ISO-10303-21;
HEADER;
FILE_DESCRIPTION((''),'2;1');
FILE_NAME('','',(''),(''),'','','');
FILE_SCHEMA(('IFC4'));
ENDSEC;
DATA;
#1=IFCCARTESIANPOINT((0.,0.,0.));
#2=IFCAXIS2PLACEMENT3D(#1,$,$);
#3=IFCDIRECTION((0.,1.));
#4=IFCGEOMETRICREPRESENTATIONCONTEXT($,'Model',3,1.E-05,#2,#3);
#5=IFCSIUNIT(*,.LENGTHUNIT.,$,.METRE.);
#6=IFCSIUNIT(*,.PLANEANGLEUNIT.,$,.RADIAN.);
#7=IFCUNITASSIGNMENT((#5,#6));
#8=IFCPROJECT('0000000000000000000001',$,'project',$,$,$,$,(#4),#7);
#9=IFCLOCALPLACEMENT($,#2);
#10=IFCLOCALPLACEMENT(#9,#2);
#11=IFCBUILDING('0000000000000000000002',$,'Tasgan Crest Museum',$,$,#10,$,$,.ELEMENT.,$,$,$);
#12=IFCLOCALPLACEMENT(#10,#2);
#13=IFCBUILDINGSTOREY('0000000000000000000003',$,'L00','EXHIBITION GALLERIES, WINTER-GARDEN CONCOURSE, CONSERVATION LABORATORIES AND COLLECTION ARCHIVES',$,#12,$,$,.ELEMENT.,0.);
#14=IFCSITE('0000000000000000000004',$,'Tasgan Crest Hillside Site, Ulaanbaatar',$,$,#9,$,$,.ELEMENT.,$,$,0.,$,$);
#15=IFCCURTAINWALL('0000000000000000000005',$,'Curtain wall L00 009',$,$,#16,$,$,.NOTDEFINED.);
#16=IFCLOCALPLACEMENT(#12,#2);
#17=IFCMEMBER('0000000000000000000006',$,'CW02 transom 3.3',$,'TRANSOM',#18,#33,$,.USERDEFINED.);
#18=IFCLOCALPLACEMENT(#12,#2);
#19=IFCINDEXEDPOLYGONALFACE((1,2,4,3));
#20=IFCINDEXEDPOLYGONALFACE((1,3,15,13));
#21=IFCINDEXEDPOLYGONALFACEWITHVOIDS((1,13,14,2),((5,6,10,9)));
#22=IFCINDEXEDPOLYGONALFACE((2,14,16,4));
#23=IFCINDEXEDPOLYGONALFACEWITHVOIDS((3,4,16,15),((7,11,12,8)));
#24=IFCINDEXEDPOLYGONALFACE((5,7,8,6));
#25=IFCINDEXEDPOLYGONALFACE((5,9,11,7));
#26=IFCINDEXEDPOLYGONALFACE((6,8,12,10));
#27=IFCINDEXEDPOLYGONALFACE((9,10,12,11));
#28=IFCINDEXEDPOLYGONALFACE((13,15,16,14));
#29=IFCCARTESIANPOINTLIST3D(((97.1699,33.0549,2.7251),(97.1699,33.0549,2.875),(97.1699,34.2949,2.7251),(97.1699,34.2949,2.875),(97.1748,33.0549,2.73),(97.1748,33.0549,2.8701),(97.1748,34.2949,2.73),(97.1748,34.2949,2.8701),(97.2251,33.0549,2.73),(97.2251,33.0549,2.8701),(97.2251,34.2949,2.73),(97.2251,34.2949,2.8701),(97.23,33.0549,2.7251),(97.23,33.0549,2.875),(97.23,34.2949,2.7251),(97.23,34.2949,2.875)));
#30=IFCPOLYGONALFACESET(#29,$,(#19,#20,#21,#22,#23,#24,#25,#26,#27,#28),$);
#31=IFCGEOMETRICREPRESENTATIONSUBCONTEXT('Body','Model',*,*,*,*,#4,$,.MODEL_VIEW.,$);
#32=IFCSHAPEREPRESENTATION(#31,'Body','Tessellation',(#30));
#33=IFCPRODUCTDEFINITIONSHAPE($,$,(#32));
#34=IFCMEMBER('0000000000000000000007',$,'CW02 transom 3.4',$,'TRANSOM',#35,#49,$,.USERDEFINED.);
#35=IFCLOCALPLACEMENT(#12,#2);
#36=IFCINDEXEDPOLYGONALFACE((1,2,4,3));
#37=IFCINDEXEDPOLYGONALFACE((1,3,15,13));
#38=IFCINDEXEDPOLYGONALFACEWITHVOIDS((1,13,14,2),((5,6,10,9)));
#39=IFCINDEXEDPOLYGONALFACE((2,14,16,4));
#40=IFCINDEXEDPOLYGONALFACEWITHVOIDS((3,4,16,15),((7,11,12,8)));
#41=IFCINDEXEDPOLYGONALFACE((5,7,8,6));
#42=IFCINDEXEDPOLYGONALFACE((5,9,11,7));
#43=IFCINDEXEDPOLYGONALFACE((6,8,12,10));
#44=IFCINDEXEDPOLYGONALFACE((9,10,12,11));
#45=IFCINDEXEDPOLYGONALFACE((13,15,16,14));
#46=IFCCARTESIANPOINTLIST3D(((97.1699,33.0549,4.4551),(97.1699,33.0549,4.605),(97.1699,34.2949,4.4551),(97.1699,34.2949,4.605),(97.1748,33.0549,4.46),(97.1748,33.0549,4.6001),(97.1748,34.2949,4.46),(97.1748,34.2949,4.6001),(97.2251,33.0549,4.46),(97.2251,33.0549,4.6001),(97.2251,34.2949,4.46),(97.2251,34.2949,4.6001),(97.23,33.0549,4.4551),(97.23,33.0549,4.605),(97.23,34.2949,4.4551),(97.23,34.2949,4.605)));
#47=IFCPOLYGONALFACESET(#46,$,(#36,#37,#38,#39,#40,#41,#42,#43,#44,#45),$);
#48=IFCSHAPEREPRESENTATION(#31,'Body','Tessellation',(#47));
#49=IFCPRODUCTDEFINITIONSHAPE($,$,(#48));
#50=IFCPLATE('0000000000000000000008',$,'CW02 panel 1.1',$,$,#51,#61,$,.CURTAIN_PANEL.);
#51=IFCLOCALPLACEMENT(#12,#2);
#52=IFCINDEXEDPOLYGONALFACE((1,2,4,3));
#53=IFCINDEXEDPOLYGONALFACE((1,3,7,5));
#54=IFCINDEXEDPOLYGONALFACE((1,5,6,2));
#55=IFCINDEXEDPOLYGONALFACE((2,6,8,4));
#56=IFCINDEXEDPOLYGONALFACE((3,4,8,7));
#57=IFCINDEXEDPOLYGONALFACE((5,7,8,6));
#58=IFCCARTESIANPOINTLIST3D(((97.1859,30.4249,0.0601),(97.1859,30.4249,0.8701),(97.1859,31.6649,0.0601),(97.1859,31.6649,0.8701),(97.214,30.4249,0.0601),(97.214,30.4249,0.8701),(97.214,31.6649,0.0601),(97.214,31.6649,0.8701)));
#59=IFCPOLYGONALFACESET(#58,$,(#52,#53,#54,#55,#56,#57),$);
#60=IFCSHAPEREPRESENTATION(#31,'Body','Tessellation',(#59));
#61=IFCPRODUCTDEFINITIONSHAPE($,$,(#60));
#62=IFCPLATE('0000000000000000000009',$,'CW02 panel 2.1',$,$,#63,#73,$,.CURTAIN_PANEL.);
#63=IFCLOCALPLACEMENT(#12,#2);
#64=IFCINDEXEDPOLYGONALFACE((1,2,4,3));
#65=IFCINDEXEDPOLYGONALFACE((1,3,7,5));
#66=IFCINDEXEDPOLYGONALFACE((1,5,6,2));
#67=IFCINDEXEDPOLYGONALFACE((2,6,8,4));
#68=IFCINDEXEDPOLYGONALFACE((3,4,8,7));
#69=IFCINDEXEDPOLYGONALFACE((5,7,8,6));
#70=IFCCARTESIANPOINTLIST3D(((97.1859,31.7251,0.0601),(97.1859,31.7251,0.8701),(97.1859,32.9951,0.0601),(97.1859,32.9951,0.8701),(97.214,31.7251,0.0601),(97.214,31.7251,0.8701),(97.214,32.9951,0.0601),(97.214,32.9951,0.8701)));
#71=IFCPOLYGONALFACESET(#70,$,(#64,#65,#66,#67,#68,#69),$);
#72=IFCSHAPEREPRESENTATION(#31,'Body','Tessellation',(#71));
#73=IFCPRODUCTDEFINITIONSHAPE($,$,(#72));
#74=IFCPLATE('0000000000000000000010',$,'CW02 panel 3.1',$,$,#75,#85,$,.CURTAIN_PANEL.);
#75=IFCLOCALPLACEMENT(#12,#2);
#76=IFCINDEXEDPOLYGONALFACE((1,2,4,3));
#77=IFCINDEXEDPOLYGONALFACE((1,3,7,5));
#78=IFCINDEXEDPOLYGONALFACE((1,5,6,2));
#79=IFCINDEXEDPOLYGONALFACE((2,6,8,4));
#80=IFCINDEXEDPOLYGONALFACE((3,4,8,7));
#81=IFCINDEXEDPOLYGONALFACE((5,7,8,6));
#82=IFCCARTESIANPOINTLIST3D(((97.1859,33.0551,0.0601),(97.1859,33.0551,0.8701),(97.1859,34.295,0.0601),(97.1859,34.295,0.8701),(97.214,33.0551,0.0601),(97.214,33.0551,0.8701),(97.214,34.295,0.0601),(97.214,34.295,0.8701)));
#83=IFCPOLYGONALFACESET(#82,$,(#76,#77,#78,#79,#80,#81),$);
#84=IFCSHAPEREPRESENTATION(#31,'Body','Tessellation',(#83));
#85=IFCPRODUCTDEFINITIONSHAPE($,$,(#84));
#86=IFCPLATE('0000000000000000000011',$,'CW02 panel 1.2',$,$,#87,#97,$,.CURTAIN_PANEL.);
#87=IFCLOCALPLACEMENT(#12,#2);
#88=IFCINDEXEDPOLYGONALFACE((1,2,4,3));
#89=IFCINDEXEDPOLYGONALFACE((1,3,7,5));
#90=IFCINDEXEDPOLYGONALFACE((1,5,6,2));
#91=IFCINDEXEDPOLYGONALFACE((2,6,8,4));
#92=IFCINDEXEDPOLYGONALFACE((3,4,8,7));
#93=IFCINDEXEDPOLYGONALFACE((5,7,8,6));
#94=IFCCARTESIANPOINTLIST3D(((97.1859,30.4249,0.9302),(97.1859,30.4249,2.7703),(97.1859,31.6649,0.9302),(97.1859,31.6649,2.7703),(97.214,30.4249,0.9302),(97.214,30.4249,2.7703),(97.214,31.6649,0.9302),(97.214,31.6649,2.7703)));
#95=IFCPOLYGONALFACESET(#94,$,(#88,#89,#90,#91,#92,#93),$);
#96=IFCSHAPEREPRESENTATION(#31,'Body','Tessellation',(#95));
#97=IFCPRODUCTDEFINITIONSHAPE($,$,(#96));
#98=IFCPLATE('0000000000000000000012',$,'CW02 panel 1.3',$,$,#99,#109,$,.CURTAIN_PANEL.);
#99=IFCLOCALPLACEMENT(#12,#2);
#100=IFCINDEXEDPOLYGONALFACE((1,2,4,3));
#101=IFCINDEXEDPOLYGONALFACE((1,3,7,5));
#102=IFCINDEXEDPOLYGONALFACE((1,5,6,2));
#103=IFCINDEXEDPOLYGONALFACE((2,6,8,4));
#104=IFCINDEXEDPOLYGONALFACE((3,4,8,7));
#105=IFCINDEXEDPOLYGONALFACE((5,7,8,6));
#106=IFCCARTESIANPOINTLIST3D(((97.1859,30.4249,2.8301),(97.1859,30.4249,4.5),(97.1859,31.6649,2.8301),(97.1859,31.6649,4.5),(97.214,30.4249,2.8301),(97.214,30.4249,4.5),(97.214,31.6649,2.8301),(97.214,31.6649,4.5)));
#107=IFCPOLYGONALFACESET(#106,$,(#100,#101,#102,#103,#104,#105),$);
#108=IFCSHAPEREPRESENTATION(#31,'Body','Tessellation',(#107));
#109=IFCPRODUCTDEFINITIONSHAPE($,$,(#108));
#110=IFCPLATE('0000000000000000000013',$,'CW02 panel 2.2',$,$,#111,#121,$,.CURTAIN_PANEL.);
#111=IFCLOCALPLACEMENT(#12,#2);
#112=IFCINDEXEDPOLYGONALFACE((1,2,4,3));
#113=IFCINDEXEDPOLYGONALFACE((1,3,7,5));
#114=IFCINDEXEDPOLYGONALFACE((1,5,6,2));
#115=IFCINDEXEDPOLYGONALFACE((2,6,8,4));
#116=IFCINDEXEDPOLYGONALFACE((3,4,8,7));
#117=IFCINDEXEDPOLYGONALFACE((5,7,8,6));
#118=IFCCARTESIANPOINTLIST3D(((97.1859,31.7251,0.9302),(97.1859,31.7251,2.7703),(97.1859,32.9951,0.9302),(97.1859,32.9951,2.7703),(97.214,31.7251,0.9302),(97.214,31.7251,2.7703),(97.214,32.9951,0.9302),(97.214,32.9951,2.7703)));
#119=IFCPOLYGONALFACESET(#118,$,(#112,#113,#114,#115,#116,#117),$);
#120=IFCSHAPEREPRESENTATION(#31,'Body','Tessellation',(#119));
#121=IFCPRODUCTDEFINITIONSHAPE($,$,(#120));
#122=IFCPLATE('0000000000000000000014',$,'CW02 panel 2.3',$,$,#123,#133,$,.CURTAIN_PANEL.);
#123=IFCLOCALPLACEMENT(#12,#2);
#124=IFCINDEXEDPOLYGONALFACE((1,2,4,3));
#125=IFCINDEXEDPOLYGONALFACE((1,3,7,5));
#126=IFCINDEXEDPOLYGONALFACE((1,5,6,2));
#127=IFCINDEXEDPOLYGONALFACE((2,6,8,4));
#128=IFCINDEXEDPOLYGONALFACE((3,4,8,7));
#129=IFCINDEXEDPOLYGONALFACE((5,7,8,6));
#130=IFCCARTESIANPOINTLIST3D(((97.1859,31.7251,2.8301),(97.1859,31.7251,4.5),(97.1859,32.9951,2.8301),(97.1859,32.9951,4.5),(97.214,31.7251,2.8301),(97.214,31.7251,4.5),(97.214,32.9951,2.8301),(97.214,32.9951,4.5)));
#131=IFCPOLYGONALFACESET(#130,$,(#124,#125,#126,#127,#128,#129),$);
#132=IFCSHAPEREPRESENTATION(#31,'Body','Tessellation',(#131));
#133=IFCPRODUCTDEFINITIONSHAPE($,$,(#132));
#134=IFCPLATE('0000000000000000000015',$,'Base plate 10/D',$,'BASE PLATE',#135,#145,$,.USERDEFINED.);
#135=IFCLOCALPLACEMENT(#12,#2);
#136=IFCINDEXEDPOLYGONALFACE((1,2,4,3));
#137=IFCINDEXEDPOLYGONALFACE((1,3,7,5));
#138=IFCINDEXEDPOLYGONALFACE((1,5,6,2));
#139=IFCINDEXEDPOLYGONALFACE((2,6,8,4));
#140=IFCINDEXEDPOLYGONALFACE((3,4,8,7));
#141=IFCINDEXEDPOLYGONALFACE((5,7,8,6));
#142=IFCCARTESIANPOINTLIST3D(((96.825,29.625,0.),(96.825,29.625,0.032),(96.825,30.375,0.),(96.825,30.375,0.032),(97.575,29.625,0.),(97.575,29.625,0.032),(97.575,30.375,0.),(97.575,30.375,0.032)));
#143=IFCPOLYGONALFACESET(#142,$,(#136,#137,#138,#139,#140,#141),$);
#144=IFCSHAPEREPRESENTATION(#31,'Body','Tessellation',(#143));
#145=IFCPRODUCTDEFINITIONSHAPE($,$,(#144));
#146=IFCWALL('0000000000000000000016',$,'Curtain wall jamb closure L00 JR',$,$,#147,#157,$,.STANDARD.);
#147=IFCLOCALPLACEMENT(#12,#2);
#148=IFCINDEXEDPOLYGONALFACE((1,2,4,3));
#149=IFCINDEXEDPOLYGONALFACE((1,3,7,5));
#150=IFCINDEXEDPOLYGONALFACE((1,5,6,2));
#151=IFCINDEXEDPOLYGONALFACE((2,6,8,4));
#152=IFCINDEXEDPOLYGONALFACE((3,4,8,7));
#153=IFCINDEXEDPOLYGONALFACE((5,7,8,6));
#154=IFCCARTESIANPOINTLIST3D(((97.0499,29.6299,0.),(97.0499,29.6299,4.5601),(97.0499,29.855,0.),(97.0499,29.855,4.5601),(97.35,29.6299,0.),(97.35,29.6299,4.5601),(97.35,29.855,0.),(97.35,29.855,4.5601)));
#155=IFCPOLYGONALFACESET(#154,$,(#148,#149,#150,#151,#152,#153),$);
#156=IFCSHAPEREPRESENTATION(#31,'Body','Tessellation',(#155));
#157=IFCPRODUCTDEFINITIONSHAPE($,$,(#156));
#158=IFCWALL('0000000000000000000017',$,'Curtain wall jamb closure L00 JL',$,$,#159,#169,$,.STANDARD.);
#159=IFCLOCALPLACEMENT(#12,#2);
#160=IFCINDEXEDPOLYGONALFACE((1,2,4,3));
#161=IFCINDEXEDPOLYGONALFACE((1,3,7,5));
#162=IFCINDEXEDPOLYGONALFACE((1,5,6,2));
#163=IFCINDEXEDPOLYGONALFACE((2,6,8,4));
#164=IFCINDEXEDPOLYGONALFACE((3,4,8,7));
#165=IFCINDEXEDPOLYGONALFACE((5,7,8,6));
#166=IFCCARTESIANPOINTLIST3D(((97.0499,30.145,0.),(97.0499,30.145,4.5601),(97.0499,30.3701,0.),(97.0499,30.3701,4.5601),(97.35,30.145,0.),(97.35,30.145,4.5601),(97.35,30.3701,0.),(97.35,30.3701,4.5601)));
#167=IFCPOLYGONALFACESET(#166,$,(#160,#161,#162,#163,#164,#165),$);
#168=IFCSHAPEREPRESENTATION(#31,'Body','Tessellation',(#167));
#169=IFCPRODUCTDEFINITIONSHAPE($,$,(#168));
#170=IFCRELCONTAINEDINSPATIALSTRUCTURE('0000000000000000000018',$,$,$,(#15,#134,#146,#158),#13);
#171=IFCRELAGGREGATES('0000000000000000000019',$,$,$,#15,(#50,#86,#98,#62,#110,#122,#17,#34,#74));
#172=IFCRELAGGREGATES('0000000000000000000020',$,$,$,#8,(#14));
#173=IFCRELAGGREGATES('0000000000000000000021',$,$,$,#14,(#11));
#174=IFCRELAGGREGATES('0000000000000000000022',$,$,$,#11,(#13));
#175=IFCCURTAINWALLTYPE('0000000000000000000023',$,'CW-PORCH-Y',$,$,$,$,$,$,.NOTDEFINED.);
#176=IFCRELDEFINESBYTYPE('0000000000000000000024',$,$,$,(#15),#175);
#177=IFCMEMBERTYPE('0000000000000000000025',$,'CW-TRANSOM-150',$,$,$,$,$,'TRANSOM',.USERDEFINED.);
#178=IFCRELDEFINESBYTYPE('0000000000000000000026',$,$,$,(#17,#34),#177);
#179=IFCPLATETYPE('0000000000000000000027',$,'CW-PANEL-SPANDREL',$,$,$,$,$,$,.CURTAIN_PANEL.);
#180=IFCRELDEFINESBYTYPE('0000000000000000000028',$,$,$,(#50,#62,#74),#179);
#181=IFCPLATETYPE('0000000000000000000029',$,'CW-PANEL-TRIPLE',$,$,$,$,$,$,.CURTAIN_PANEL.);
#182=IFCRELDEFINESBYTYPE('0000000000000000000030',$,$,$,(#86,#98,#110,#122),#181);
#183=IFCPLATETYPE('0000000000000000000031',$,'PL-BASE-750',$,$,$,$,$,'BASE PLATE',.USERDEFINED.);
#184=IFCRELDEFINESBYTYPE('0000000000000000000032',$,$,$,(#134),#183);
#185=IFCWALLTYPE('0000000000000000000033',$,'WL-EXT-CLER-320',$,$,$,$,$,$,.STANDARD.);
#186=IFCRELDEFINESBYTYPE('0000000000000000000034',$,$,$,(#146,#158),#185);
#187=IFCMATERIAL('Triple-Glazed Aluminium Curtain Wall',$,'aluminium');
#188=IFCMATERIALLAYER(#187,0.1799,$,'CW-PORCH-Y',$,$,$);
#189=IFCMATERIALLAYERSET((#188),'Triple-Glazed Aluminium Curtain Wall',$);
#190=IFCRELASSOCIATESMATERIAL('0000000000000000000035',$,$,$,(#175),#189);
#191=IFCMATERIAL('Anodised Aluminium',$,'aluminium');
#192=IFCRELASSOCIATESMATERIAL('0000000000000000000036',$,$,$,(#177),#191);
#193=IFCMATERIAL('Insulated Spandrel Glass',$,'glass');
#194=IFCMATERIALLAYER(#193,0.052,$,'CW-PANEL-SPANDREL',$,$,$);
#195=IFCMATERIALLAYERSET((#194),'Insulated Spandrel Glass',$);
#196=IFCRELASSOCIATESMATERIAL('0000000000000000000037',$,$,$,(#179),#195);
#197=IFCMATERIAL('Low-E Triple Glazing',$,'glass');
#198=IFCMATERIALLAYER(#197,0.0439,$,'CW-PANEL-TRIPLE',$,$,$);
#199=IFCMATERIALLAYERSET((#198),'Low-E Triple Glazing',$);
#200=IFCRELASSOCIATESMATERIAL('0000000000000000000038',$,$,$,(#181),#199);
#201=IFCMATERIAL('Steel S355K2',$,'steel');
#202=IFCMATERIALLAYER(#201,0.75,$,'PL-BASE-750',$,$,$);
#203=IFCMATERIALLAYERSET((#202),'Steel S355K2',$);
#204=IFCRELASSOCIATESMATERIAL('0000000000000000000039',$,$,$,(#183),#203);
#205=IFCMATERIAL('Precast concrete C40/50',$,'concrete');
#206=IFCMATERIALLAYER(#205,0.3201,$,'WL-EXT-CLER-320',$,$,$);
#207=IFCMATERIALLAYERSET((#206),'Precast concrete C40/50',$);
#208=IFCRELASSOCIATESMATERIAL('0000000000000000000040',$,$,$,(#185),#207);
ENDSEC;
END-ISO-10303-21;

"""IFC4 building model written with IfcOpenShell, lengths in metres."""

from ifc_helpers import new_model, si_unit, direction, frame, frame_2d, origin, origin_2d, place, context, subcontext, project, spatial, rectangle, hollow_rectangle, extrude, material, layer, layer_set, material_profile, profile_set, type_object, element, aggregate, save


model = new_model("IFC4")

# Units and contexts
model_context = context("Model", 3, precision=1e-05, world=origin(), true_north=direction((0.0, 1.0)))
body_context = subcontext(model_context, "Body", "Model", "MODEL_VIEW")
ifc_project = project(units=[si_unit("LENGTHUNIT", "METRE"), si_unit("PLANEANGLEUNIT", "RADIAN")], contexts=[model_context])

# Site, building, storey
site_placement = place(None, origin())
site = spatial("IfcSite", under=ifc_project, at=site_placement, Name="Tasgan Crest Hillside Site, Ulaanbaatar", CompositionType="ELEMENT", RefElevation=0.0)
building_placement = place(site_placement, origin())
building = spatial("IfcBuilding", under=site, at=building_placement, Name="Tasgan Crest Museum", CompositionType="ELEMENT")
storey_placement = place(building_placement, origin())
storey = spatial("IfcBuildingStorey", under=building, at=storey_placement, Name="L00", Description="EXHIBITION GALLERIES, WINTER-GARDEN CONCOURSE, CONSERVATION LABORATORIES AND COLLECTION ARCHIVES", CompositionType="ELEMENT", Elevation=0.0)

# Curtain wall, members, plates
ifc_material_1 = material(Name="Triple-Glazed Aluminium Curtain Wall", Category="aluminium")
ifc_layer_1 = layer(ifc_material_1, 0.1799, Name="CW-PORCH-Y")
ifc_layer_set_1 = layer_set([ifc_layer_1], Name="Triple-Glazed Aluminium Curtain Wall")
curtain_wall_type = type_object("IfcCurtainWallType", Name="CW-PORCH-Y", PredefinedType="NOTDEFINED", material=ifc_layer_set_1)
curtain_wall_placement = place(storey_placement, origin())
curtain_wall = element("IfcCurtainWall", 1, at=curtain_wall_placement, inside=storey, type_object=curtain_wall_type, Name="Curtain wall L00 009", PredefinedType="NOTDEFINED")
ifc_material_2 = material(Name="Anodised Aluminium", Category="aluminium")
ifc_material_profile_1 = material_profile(ifc_material_2, hollow_rectangle(XDim=0.0601, YDim=0.1499, WallThickness=0.0049, at=origin_2d()), Name="ALU TRANSOM 150x60x5")
ifc_profile_set_1 = profile_set([ifc_material_profile_1], Name="Anodised Aluminium")
member_type_1 = type_object("IfcMemberType", Name="CW-TRANSOM-150", ElementType="TRANSOM", PredefinedType="USERDEFINED", material=ifc_profile_set_1)
member_1_placement = place(storey_placement, frame((97.2, 33.0549, 2.8), z_axis=(0.0, 1.0, 0.0), x_axis=(-1.0, 0.0, 0.0)))
member_1 = element("IfcMember", 2, at=member_1_placement, type_object=member_type_1, Name="CW02 transom 3.3", ObjectType="TRANSOM", PredefinedType="USERDEFINED", context=body_context, shape_type="SweptSolid", body=[
    extrude(hollow_rectangle(XDim=0.0601, YDim=0.1499, WallThickness=0.0049, at=origin_2d()), origin(), (0.0, 0.0, 1.0), 1.24),
])
member_2_placement = place(storey_placement, frame((97.2, 33.0549, 4.53), z_axis=(0.0, 1.0, 0.0), x_axis=(-1.0, 0.0, 0.0)))
member_2 = element("IfcMember", 3, at=member_2_placement, type_object=member_type_1, Name="CW02 transom 3.4", ObjectType="TRANSOM", PredefinedType="USERDEFINED", context=body_context, shape_type="SweptSolid", body=[
    extrude(hollow_rectangle(XDim=0.0601, YDim=0.1499, WallThickness=0.0049, at=origin_2d()), origin(), (0.0, 0.0, 1.0), 1.24),
])
ifc_material_3 = material(Name="Insulated Spandrel Glass", Category="glass")
ifc_layer_2 = layer(ifc_material_3, 0.052, Name="CW-PANEL-SPANDREL")
ifc_layer_set_2 = layer_set([ifc_layer_2], Name="Insulated Spandrel Glass")
plate_type_1 = type_object("IfcPlateType", Name="CW-PANEL-SPANDREL", PredefinedType="CURTAIN_PANEL", material=ifc_layer_set_2)
plate_1_placement = place(storey_placement, frame((97.2, 31.0449, 0.0601), z_axis=(0.0, 0.0, 1.0), x_axis=(0.0, 1.0, 0.0)))
plate_1 = element("IfcPlate", 4, at=plate_1_placement, type_object=plate_type_1, Name="CW02 panel 1.1", PredefinedType="CURTAIN_PANEL", context=body_context, shape_type="SweptSolid", body=[
    extrude(rectangle(XDim=1.24, YDim=0.0281, at=origin_2d()), origin(), (0.0, 0.0, 1.0), 0.8101),
])
plate_2_placement = place(storey_placement, frame((97.2, 32.3601, 0.0601), z_axis=(0.0, 0.0, 1.0), x_axis=(0.0, 1.0, 0.0)))
plate_2 = element("IfcPlate", 5, at=plate_2_placement, type_object=plate_type_1, Name="CW02 panel 2.1", PredefinedType="CURTAIN_PANEL", context=body_context, shape_type="SweptSolid", body=[
    extrude(rectangle(XDim=1.27, YDim=0.0281, at=origin_2d()), origin(), (0.0, 0.0, 1.0), 0.8101),
])
plate_3_placement = place(storey_placement, frame((97.2, 33.675, 0.0601), z_axis=(0.0, 0.0, 1.0), x_axis=(0.0, 1.0, 0.0)))
plate_3 = element("IfcPlate", 6, at=plate_3_placement, type_object=plate_type_1, Name="CW02 panel 3.1", PredefinedType="CURTAIN_PANEL", context=body_context, shape_type="SweptSolid", body=[
    extrude(rectangle(XDim=1.24, YDim=0.0281, at=origin_2d()), origin(), (0.0, 0.0, 1.0), 0.8101),
])
ifc_material_4 = material(Name="Low-E Triple Glazing", Category="glass")
ifc_layer_3 = layer(ifc_material_4, 0.0439, Name="CW-PANEL-TRIPLE")
ifc_layer_set_3 = layer_set([ifc_layer_3], Name="Low-E Triple Glazing")
plate_type_2 = type_object("IfcPlateType", Name="CW-PANEL-TRIPLE", PredefinedType="CURTAIN_PANEL", material=ifc_layer_set_3)
plate_4_placement = place(storey_placement, frame((97.2, 31.0449, 0.9302), z_axis=(0.0, 0.0, 1.0), x_axis=(0.0, 1.0, 0.0)))
plate_4 = element("IfcPlate", 7, at=plate_4_placement, type_object=plate_type_2, Name="CW02 panel 1.2", PredefinedType="CURTAIN_PANEL", context=body_context, shape_type="SweptSolid", body=[
    extrude(rectangle(XDim=1.24, YDim=0.0281, at=origin_2d()), origin(), (0.0, 0.0, 1.0), 1.8401),
])
plate_5_placement = place(storey_placement, frame((97.2, 31.0449, 2.8301), z_axis=(0.0, 0.0, 1.0), x_axis=(0.0, 1.0, 0.0)))
plate_5 = element("IfcPlate", 8, at=plate_5_placement, type_object=plate_type_2, Name="CW02 panel 1.3", PredefinedType="CURTAIN_PANEL", context=body_context, shape_type="SweptSolid", body=[
    extrude(rectangle(XDim=1.24, YDim=0.0281, at=origin_2d()), origin(), (0.0, 0.0, 1.0), 1.6699),
])
plate_6_placement = place(storey_placement, frame((97.2, 32.3601, 0.9302), z_axis=(0.0, 0.0, 1.0), x_axis=(0.0, 1.0, 0.0)))
plate_6 = element("IfcPlate", 9, at=plate_6_placement, type_object=plate_type_2, Name="CW02 panel 2.2", PredefinedType="CURTAIN_PANEL", context=body_context, shape_type="SweptSolid", body=[
    extrude(rectangle(XDim=1.27, YDim=0.0281, at=origin_2d()), origin(), (0.0, 0.0, 1.0), 1.8401),
])
plate_7_placement = place(storey_placement, frame((97.2, 32.3601, 2.8301), z_axis=(0.0, 0.0, 1.0), x_axis=(0.0, 1.0, 0.0)))
plate_7 = element("IfcPlate", 10, at=plate_7_placement, type_object=plate_type_2, Name="CW02 panel 2.3", PredefinedType="CURTAIN_PANEL", context=body_context, shape_type="SweptSolid", body=[
    extrude(rectangle(XDim=1.27, YDim=0.0281, at=origin_2d()), origin(), (0.0, 0.0, 1.0), 1.6699),
])
aggregate(curtain_wall, [plate_1, plate_4, plate_5, plate_2, plate_6, plate_7, member_1, member_2, plate_3])

# Plate
ifc_material_5 = material(Name="Steel S355K2", Category="steel")
ifc_layer_4 = layer(ifc_material_5, 0.75, Name="PL-BASE-750")
ifc_layer_set_4 = layer_set([ifc_layer_4], Name="Steel S355K2")
plate_type_3 = type_object("IfcPlateType", Name="PL-BASE-750", ElementType="BASE PLATE", PredefinedType="USERDEFINED", material=ifc_layer_set_4)
plate_8_placement = place(storey_placement, frame((97.2, 30.0, 0.0), z_axis=(0.0, 0.0, 1.0), x_axis=(1.0, 0.0, 0.0)))
element("IfcPlate", 11, at=plate_8_placement, inside=storey, type_object=plate_type_3, Name="Base plate 10/D", ObjectType="BASE PLATE", PredefinedType="USERDEFINED", context=body_context, shape_type="SweptSolid", body=[
    extrude(rectangle(XDim=0.75, YDim=0.75, at=origin_2d()), origin(), (0.0, 0.0, 1.0), 0.032),
])

# Walls
ifc_material_6 = material(Name="Precast concrete C40/50", Category="concrete")
ifc_layer_5 = layer(ifc_material_6, 0.3201, Name="WL-EXT-CLER-320")
ifc_layer_set_5 = layer_set([ifc_layer_5], Name="Precast concrete C40/50")
wall_type_1 = type_object("IfcWallType", Name="WL-EXT-CLER-320", PredefinedType="STANDARD", material=ifc_layer_set_5)
for number, where, z_axis, x_axis, name in (
    (12, (97.2, 29.6299, 0.0), (0.0, 0.0, 1.0), (0.0, 1.0, 0.0), "Curtain wall jamb closure L00 JR"),
    (13, (97.2, 30.145, 0.0), (0.0, 0.0, 1.0), (0.0, 1.0, 0.0), "Curtain wall jamb closure L00 JL"),
):
    element("IfcWall", number, at=place(storey_placement, frame(where, z_axis=z_axis, x_axis=x_axis)), inside=storey, type_object=wall_type_1, Name=name, PredefinedType="STANDARD", context=body_context, shape_type="SweptSolid", body=[
        extrude(rectangle(XDim=0.2251, YDim=0.3, at=frame_2d((0.1125, 0.0))), origin(), (0.0, 0.0, 1.0), 4.5601),
    ])

save(model, "model.ifc")
